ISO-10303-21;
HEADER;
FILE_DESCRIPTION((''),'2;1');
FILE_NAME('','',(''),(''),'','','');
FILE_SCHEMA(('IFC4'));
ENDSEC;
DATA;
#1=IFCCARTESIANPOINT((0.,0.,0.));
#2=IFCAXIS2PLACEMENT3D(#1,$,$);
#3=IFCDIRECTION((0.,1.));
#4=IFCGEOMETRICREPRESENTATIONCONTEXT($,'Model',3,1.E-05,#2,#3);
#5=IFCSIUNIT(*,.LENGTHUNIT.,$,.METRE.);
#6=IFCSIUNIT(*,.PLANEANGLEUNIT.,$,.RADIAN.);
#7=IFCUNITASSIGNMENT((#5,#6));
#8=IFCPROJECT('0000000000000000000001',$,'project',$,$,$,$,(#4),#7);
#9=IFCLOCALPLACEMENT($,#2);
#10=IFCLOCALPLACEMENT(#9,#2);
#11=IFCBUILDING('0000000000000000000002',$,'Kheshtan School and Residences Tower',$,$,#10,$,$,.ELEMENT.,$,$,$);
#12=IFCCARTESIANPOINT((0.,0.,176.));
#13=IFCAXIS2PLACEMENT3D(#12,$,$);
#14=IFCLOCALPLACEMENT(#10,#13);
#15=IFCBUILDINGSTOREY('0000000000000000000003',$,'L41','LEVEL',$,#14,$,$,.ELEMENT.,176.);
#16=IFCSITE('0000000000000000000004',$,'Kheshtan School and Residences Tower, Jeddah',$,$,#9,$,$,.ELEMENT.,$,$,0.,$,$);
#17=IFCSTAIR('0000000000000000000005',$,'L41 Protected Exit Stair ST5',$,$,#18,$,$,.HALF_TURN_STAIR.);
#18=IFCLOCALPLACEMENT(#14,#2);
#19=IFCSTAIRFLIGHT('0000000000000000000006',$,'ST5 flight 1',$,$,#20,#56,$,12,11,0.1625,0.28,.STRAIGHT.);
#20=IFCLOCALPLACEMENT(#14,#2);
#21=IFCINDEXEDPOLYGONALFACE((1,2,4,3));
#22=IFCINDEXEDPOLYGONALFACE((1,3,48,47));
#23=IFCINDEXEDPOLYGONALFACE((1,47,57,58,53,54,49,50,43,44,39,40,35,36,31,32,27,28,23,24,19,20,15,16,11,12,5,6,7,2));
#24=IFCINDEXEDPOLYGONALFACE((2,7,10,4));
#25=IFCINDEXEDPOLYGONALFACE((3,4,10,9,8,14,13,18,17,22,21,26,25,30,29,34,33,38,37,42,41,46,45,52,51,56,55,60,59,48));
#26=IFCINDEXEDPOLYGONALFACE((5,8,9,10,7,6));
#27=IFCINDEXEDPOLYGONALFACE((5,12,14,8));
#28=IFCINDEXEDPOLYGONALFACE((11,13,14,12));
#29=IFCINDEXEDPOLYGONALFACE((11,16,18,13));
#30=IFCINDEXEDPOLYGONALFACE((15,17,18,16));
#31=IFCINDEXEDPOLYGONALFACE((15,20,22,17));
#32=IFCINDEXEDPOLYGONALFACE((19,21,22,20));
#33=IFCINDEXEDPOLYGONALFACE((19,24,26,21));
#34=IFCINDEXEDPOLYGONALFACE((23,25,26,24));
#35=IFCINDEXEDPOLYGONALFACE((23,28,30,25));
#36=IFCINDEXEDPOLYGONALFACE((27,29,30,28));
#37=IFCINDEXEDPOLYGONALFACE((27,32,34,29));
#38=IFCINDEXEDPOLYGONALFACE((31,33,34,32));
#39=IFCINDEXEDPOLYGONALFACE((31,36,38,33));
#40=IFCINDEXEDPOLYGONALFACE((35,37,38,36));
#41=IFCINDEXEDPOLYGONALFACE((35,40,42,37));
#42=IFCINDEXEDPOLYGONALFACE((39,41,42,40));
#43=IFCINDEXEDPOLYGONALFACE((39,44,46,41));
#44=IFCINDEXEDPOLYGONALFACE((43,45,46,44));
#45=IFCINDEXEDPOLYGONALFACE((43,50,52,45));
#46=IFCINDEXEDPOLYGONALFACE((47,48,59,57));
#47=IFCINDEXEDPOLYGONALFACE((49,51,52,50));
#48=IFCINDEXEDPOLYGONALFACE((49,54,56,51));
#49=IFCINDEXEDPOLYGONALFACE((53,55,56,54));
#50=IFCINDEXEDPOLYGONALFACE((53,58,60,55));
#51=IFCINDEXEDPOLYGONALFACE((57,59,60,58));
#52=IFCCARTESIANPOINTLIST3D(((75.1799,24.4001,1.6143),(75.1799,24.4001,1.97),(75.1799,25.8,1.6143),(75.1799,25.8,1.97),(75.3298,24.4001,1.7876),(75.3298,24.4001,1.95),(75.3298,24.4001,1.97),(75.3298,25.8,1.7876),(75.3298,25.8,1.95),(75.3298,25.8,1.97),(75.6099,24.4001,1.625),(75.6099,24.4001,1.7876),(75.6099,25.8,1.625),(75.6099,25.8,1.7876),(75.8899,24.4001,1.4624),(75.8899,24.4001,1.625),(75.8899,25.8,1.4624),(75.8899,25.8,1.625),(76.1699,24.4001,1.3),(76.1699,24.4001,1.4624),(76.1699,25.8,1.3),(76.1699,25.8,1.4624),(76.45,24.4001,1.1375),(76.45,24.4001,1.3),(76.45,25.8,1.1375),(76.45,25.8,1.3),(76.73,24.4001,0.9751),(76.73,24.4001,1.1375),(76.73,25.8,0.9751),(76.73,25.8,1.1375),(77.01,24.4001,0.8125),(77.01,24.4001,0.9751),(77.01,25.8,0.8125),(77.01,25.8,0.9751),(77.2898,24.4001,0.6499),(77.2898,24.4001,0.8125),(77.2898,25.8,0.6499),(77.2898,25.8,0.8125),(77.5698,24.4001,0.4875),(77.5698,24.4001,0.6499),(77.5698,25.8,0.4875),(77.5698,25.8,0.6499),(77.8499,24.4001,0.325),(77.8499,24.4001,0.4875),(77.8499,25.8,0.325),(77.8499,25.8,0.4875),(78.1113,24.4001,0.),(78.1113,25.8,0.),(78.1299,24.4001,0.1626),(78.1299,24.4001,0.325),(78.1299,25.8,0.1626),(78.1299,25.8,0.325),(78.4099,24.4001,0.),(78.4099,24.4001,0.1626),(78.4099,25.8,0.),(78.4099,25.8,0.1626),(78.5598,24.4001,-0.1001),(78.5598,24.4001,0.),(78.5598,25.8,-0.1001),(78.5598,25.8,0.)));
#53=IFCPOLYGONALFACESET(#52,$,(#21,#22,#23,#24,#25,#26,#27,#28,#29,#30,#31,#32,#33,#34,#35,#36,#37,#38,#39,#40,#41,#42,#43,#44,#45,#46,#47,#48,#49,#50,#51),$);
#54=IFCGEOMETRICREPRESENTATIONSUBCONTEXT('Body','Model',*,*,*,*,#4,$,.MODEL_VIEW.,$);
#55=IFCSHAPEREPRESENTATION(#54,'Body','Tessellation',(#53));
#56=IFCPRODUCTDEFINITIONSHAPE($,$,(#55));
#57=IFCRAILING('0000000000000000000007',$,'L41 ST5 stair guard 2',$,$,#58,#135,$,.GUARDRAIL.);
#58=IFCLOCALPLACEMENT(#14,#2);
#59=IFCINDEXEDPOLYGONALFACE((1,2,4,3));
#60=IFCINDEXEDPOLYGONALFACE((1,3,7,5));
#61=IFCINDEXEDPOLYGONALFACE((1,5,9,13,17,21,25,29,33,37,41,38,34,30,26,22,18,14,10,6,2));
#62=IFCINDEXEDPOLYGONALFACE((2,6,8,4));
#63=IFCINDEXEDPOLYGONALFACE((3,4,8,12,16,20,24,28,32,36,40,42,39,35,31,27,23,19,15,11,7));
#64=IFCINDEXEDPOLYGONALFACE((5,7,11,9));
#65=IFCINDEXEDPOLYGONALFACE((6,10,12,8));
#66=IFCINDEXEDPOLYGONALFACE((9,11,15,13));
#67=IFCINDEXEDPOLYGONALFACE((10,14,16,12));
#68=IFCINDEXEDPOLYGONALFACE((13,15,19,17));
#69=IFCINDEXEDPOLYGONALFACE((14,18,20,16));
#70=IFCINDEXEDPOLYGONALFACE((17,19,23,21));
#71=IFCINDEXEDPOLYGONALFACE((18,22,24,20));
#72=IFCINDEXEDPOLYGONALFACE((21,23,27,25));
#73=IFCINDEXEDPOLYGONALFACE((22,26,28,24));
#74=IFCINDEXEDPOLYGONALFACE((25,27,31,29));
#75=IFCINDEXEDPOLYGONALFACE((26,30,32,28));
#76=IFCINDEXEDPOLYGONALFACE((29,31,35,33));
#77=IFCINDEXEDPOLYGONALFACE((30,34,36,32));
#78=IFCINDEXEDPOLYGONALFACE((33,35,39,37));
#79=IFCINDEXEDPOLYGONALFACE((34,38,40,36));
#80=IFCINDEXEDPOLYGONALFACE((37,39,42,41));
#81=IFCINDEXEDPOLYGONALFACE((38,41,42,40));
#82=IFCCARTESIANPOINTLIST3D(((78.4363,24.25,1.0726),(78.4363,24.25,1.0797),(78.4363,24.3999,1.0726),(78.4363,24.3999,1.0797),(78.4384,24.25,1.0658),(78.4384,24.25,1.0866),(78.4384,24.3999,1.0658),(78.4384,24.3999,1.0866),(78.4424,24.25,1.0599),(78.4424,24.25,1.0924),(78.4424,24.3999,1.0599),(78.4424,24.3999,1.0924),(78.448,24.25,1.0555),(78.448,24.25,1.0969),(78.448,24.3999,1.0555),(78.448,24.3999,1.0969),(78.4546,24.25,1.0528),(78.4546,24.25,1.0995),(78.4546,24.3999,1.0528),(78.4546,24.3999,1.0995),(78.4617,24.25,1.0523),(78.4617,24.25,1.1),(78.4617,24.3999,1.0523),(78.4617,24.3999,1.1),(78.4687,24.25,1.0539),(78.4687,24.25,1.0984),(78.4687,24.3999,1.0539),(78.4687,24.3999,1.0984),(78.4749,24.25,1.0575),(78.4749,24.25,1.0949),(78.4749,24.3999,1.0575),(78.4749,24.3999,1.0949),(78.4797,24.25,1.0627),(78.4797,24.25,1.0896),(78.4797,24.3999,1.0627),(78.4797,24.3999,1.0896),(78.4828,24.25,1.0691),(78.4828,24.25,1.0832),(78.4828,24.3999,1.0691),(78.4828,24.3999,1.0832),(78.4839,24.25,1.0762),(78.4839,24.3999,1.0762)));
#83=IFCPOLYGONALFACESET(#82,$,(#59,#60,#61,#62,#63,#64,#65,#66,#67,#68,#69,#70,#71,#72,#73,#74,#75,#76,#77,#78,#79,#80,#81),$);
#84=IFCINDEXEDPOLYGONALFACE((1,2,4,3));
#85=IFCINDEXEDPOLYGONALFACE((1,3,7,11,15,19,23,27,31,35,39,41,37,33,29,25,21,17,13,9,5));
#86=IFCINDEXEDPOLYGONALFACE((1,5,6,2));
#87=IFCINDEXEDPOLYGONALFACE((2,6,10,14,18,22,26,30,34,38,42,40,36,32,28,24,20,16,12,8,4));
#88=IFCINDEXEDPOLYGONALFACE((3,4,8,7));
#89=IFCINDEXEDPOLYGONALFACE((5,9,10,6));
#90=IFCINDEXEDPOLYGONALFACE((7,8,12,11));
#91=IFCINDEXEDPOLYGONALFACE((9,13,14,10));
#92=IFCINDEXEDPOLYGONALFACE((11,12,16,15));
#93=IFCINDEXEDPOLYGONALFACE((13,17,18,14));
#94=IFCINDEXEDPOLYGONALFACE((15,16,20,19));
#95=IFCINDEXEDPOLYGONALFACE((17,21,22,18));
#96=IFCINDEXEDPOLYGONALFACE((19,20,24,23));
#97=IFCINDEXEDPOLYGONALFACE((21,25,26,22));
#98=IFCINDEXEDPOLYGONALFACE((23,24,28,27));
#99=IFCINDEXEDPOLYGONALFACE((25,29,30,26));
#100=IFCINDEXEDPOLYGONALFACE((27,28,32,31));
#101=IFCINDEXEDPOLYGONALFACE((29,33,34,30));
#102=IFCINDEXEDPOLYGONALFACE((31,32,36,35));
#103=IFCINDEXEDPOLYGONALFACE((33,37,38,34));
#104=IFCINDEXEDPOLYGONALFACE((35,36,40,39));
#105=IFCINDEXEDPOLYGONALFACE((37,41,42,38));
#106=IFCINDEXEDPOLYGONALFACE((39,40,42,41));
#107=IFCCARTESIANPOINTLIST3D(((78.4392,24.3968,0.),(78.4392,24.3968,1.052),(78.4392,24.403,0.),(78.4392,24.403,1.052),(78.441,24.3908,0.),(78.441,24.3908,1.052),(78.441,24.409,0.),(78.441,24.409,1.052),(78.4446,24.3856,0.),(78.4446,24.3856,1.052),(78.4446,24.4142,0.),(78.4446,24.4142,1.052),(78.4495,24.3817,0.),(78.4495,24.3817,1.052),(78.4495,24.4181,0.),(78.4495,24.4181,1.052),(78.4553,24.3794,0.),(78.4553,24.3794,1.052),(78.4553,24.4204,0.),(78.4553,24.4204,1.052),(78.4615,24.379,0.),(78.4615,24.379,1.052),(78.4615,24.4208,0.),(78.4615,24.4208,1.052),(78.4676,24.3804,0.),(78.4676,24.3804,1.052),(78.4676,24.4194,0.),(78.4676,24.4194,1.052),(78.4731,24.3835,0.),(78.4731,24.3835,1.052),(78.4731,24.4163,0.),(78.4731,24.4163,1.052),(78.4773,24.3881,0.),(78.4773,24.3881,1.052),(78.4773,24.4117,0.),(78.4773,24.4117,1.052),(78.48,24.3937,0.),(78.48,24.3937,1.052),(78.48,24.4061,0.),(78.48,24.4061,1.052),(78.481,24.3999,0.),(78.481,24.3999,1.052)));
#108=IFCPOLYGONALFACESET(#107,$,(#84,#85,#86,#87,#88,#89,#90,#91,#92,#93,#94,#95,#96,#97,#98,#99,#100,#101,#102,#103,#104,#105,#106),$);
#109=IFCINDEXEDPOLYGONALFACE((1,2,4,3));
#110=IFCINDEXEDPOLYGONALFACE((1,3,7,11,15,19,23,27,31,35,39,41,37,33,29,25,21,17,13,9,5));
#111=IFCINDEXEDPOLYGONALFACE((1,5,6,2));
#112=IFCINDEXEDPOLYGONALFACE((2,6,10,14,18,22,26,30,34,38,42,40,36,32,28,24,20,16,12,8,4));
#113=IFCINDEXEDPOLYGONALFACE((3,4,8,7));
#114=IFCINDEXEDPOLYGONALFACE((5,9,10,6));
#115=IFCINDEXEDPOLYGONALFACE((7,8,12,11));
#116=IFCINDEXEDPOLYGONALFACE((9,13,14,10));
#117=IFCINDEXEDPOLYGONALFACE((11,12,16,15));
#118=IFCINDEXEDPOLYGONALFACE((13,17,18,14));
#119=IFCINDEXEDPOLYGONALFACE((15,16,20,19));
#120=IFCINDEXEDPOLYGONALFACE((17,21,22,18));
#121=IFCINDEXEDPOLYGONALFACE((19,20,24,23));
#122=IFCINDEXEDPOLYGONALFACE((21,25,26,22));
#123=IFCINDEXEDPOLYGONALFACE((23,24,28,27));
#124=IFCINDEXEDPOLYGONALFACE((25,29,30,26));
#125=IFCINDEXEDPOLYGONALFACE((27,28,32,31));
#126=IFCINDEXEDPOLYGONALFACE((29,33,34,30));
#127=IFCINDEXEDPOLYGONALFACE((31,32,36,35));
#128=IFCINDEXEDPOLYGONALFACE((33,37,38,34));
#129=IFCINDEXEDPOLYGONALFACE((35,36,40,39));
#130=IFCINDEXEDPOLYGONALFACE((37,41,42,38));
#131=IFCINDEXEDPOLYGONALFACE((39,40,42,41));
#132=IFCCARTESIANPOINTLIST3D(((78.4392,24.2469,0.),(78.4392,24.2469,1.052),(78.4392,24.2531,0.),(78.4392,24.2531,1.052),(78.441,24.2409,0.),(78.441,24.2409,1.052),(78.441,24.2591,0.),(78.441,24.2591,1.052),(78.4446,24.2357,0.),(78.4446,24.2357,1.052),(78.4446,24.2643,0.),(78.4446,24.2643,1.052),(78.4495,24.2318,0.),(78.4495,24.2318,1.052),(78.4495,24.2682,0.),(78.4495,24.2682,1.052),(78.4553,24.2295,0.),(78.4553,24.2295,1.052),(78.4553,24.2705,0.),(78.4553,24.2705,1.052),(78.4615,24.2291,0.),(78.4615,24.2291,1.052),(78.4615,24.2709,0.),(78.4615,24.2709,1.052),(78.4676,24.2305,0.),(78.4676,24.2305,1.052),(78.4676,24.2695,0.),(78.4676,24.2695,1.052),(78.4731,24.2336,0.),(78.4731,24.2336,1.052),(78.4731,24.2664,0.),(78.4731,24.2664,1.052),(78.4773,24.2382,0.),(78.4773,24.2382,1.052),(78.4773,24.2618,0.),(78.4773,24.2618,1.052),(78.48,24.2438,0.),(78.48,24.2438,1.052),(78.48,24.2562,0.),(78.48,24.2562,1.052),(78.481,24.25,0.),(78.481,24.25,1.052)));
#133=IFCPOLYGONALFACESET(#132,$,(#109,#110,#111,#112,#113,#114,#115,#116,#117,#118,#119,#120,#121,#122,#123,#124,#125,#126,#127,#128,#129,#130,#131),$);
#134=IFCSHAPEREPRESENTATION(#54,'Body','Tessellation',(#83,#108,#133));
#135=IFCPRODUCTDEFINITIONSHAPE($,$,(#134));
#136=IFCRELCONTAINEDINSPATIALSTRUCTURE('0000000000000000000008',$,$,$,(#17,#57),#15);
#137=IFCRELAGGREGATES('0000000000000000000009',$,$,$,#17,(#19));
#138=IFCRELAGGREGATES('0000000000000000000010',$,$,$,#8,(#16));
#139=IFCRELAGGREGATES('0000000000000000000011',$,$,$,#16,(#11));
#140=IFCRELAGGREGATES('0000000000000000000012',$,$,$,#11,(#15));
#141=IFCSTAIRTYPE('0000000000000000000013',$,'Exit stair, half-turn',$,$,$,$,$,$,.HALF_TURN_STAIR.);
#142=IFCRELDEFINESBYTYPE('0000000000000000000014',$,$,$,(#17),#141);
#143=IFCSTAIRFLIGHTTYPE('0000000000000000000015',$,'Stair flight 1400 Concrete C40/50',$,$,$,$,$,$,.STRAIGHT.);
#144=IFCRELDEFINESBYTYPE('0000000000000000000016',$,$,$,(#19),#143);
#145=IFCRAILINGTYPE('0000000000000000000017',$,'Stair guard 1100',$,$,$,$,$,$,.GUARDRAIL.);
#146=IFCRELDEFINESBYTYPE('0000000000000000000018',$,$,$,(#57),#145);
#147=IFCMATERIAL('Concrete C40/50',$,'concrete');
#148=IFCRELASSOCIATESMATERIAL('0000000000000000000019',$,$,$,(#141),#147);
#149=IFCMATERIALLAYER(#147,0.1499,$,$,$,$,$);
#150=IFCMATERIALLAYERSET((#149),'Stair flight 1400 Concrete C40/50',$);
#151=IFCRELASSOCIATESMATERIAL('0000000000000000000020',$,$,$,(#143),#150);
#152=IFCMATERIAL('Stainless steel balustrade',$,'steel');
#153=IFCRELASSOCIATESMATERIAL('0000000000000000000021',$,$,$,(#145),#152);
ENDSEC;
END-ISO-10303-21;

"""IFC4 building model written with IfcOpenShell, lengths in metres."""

from ifc_helpers import new_model, si_unit, direction, frame, origin, origin_2d, place, context, subcontext, project, spatial, polyline, circle, outline, extrude, material, layer, layer_set, type_object, element, aggregate, save


model = new_model("IFC4")

# Units and contexts
model_context = context("Model", 3, precision=1e-05, world=origin(), true_north=direction((0.0, 1.0)))
body_context = subcontext(model_context, "Body", "Model", "MODEL_VIEW")
ifc_project = project(units=[si_unit("LENGTHUNIT", "METRE"), si_unit("PLANEANGLEUNIT", "RADIAN")], contexts=[model_context])

# Site, building, storey
site_placement = place(None, origin())
site = spatial("IfcSite", under=ifc_project, at=site_placement, Name="Kheshtan School and Residences Tower, Jeddah", CompositionType="ELEMENT", RefElevation=0.0)
building_placement = place(site_placement, origin())
building = spatial("IfcBuilding", under=site, at=building_placement, Name="Kheshtan School and Residences Tower", CompositionType="ELEMENT")
storey_placement = place(building_placement, frame((0.0, 0.0, 176.0)))
storey = spatial("IfcBuildingStorey", under=building, at=storey_placement, Name="L41", Description="LEVEL", CompositionType="ELEMENT", Elevation=176.0)

# Shared definitions
ifc_material_1 = material(Name="Concrete C40/50", Category="concrete")

# Stair, stair flight
stair_type = type_object("IfcStairType", Name="Exit stair, half-turn", PredefinedType="HALF_TURN_STAIR", material=ifc_material_1)
ifc_layer_1 = layer(ifc_material_1, 0.1499)
ifc_layer_set_1 = layer_set([ifc_layer_1], Name="Stair flight 1400 Concrete C40/50")
stair_flight_type = type_object("IfcStairFlightType", Name="Stair flight 1400 Concrete C40/50", PredefinedType="STRAIGHT", material=ifc_layer_set_1)
stair_1_placement = place(storey_placement, origin())
stair_1 = element("IfcStair", 1, at=stair_1_placement, inside=storey, type_object=stair_type, Name="L41 Protected Exit Stair ST5", PredefinedType="HALF_TURN_STAIR")
stair_flight_1_placement = place(storey_placement, frame((78.4099, 25.1001, 0.0), z_axis=(0.0, 0.0, 1.0), x_axis=(-1.0, 0.0, 0.0)))
stair_flight_1 = element("IfcStairFlight", 2, at=stair_flight_1_placement, type_object=stair_flight_type, Name="ST5 flight 1", NumberOfRisers=12, NumberOfTreads=11, PredefinedType="STRAIGHT", RiserHeight=0.1625, TreadLength=0.28, context=body_context, shape_type="SweptSolid", body=[
    extrude(outline(polyline([(-0.1499, -0.1001), (-0.1499, 0.0), (0.0, 0.0), (0.0, 0.1626), (0.28, 0.1626), (0.28, 0.325), (0.5601, 0.325), (0.5601, 0.4875), (0.8401, 0.4875), (0.8401, 0.6499), (1.1201, 0.6499), (1.1201, 0.8125), (1.3999, 0.8125), (1.3999, 0.9751), (1.6799, 0.9751), (1.6799, 1.1375), (1.96, 1.1375), (1.96, 1.3), (2.24, 1.3), (2.24, 1.4624), (2.52, 1.4624), (2.52, 1.625), (2.8, 1.625), (2.8, 1.7876), (3.0801, 1.7876), (3.0801, 1.95), (3.0801, 1.97), (3.23, 1.97), (3.23, 1.6143), (0.2986, 0.0), (-0.1499, -0.1001)])), frame((0.0, 0.7, 0.0), z_axis=(0.0, -1.0, 0.0), x_axis=(1.0, 0.0, 0.0)), (0.0, 0.0, 1.0), 1.3999),
])
aggregate(stair_1, [stair_flight_1])

# Railing
ifc_material_2 = material(Name="Stainless steel balustrade", Category="steel")
railing_type_1 = type_object("IfcRailingType", Name="Stair guard 1100", PredefinedType="GUARDRAIL", material=ifc_material_2)
railing_1_placement = place(storey_placement, frame((78.46, 24.3999, 0.0)))
element("IfcRailing", 3, at=railing_1_placement, inside=storey, type_object=railing_type_1, Name="L41 ST5 stair guard 2", PredefinedType="GUARDRAIL", context=body_context, shape_type="SweptSolid", body=[
    extrude(circle(Radius=0.0239, at=origin_2d()), frame((0.0, 0.0, 1.0762), z_axis=(0.0, -1.0, 0.0), x_axis=(1.0, 0.0, 0.0)), (0.0, 0.0, 1.0), 0.1499),
    extrude(circle(Radius=0.021, at=origin_2d()), origin(), (0.0, 0.0, 1.0), 1.052),
    extrude(circle(Radius=0.021, at=origin_2d()), frame((0.0, -0.1499, 0.0)), (0.0, 0.0, 1.0), 1.052),
])

save(model, "model.ifc")
